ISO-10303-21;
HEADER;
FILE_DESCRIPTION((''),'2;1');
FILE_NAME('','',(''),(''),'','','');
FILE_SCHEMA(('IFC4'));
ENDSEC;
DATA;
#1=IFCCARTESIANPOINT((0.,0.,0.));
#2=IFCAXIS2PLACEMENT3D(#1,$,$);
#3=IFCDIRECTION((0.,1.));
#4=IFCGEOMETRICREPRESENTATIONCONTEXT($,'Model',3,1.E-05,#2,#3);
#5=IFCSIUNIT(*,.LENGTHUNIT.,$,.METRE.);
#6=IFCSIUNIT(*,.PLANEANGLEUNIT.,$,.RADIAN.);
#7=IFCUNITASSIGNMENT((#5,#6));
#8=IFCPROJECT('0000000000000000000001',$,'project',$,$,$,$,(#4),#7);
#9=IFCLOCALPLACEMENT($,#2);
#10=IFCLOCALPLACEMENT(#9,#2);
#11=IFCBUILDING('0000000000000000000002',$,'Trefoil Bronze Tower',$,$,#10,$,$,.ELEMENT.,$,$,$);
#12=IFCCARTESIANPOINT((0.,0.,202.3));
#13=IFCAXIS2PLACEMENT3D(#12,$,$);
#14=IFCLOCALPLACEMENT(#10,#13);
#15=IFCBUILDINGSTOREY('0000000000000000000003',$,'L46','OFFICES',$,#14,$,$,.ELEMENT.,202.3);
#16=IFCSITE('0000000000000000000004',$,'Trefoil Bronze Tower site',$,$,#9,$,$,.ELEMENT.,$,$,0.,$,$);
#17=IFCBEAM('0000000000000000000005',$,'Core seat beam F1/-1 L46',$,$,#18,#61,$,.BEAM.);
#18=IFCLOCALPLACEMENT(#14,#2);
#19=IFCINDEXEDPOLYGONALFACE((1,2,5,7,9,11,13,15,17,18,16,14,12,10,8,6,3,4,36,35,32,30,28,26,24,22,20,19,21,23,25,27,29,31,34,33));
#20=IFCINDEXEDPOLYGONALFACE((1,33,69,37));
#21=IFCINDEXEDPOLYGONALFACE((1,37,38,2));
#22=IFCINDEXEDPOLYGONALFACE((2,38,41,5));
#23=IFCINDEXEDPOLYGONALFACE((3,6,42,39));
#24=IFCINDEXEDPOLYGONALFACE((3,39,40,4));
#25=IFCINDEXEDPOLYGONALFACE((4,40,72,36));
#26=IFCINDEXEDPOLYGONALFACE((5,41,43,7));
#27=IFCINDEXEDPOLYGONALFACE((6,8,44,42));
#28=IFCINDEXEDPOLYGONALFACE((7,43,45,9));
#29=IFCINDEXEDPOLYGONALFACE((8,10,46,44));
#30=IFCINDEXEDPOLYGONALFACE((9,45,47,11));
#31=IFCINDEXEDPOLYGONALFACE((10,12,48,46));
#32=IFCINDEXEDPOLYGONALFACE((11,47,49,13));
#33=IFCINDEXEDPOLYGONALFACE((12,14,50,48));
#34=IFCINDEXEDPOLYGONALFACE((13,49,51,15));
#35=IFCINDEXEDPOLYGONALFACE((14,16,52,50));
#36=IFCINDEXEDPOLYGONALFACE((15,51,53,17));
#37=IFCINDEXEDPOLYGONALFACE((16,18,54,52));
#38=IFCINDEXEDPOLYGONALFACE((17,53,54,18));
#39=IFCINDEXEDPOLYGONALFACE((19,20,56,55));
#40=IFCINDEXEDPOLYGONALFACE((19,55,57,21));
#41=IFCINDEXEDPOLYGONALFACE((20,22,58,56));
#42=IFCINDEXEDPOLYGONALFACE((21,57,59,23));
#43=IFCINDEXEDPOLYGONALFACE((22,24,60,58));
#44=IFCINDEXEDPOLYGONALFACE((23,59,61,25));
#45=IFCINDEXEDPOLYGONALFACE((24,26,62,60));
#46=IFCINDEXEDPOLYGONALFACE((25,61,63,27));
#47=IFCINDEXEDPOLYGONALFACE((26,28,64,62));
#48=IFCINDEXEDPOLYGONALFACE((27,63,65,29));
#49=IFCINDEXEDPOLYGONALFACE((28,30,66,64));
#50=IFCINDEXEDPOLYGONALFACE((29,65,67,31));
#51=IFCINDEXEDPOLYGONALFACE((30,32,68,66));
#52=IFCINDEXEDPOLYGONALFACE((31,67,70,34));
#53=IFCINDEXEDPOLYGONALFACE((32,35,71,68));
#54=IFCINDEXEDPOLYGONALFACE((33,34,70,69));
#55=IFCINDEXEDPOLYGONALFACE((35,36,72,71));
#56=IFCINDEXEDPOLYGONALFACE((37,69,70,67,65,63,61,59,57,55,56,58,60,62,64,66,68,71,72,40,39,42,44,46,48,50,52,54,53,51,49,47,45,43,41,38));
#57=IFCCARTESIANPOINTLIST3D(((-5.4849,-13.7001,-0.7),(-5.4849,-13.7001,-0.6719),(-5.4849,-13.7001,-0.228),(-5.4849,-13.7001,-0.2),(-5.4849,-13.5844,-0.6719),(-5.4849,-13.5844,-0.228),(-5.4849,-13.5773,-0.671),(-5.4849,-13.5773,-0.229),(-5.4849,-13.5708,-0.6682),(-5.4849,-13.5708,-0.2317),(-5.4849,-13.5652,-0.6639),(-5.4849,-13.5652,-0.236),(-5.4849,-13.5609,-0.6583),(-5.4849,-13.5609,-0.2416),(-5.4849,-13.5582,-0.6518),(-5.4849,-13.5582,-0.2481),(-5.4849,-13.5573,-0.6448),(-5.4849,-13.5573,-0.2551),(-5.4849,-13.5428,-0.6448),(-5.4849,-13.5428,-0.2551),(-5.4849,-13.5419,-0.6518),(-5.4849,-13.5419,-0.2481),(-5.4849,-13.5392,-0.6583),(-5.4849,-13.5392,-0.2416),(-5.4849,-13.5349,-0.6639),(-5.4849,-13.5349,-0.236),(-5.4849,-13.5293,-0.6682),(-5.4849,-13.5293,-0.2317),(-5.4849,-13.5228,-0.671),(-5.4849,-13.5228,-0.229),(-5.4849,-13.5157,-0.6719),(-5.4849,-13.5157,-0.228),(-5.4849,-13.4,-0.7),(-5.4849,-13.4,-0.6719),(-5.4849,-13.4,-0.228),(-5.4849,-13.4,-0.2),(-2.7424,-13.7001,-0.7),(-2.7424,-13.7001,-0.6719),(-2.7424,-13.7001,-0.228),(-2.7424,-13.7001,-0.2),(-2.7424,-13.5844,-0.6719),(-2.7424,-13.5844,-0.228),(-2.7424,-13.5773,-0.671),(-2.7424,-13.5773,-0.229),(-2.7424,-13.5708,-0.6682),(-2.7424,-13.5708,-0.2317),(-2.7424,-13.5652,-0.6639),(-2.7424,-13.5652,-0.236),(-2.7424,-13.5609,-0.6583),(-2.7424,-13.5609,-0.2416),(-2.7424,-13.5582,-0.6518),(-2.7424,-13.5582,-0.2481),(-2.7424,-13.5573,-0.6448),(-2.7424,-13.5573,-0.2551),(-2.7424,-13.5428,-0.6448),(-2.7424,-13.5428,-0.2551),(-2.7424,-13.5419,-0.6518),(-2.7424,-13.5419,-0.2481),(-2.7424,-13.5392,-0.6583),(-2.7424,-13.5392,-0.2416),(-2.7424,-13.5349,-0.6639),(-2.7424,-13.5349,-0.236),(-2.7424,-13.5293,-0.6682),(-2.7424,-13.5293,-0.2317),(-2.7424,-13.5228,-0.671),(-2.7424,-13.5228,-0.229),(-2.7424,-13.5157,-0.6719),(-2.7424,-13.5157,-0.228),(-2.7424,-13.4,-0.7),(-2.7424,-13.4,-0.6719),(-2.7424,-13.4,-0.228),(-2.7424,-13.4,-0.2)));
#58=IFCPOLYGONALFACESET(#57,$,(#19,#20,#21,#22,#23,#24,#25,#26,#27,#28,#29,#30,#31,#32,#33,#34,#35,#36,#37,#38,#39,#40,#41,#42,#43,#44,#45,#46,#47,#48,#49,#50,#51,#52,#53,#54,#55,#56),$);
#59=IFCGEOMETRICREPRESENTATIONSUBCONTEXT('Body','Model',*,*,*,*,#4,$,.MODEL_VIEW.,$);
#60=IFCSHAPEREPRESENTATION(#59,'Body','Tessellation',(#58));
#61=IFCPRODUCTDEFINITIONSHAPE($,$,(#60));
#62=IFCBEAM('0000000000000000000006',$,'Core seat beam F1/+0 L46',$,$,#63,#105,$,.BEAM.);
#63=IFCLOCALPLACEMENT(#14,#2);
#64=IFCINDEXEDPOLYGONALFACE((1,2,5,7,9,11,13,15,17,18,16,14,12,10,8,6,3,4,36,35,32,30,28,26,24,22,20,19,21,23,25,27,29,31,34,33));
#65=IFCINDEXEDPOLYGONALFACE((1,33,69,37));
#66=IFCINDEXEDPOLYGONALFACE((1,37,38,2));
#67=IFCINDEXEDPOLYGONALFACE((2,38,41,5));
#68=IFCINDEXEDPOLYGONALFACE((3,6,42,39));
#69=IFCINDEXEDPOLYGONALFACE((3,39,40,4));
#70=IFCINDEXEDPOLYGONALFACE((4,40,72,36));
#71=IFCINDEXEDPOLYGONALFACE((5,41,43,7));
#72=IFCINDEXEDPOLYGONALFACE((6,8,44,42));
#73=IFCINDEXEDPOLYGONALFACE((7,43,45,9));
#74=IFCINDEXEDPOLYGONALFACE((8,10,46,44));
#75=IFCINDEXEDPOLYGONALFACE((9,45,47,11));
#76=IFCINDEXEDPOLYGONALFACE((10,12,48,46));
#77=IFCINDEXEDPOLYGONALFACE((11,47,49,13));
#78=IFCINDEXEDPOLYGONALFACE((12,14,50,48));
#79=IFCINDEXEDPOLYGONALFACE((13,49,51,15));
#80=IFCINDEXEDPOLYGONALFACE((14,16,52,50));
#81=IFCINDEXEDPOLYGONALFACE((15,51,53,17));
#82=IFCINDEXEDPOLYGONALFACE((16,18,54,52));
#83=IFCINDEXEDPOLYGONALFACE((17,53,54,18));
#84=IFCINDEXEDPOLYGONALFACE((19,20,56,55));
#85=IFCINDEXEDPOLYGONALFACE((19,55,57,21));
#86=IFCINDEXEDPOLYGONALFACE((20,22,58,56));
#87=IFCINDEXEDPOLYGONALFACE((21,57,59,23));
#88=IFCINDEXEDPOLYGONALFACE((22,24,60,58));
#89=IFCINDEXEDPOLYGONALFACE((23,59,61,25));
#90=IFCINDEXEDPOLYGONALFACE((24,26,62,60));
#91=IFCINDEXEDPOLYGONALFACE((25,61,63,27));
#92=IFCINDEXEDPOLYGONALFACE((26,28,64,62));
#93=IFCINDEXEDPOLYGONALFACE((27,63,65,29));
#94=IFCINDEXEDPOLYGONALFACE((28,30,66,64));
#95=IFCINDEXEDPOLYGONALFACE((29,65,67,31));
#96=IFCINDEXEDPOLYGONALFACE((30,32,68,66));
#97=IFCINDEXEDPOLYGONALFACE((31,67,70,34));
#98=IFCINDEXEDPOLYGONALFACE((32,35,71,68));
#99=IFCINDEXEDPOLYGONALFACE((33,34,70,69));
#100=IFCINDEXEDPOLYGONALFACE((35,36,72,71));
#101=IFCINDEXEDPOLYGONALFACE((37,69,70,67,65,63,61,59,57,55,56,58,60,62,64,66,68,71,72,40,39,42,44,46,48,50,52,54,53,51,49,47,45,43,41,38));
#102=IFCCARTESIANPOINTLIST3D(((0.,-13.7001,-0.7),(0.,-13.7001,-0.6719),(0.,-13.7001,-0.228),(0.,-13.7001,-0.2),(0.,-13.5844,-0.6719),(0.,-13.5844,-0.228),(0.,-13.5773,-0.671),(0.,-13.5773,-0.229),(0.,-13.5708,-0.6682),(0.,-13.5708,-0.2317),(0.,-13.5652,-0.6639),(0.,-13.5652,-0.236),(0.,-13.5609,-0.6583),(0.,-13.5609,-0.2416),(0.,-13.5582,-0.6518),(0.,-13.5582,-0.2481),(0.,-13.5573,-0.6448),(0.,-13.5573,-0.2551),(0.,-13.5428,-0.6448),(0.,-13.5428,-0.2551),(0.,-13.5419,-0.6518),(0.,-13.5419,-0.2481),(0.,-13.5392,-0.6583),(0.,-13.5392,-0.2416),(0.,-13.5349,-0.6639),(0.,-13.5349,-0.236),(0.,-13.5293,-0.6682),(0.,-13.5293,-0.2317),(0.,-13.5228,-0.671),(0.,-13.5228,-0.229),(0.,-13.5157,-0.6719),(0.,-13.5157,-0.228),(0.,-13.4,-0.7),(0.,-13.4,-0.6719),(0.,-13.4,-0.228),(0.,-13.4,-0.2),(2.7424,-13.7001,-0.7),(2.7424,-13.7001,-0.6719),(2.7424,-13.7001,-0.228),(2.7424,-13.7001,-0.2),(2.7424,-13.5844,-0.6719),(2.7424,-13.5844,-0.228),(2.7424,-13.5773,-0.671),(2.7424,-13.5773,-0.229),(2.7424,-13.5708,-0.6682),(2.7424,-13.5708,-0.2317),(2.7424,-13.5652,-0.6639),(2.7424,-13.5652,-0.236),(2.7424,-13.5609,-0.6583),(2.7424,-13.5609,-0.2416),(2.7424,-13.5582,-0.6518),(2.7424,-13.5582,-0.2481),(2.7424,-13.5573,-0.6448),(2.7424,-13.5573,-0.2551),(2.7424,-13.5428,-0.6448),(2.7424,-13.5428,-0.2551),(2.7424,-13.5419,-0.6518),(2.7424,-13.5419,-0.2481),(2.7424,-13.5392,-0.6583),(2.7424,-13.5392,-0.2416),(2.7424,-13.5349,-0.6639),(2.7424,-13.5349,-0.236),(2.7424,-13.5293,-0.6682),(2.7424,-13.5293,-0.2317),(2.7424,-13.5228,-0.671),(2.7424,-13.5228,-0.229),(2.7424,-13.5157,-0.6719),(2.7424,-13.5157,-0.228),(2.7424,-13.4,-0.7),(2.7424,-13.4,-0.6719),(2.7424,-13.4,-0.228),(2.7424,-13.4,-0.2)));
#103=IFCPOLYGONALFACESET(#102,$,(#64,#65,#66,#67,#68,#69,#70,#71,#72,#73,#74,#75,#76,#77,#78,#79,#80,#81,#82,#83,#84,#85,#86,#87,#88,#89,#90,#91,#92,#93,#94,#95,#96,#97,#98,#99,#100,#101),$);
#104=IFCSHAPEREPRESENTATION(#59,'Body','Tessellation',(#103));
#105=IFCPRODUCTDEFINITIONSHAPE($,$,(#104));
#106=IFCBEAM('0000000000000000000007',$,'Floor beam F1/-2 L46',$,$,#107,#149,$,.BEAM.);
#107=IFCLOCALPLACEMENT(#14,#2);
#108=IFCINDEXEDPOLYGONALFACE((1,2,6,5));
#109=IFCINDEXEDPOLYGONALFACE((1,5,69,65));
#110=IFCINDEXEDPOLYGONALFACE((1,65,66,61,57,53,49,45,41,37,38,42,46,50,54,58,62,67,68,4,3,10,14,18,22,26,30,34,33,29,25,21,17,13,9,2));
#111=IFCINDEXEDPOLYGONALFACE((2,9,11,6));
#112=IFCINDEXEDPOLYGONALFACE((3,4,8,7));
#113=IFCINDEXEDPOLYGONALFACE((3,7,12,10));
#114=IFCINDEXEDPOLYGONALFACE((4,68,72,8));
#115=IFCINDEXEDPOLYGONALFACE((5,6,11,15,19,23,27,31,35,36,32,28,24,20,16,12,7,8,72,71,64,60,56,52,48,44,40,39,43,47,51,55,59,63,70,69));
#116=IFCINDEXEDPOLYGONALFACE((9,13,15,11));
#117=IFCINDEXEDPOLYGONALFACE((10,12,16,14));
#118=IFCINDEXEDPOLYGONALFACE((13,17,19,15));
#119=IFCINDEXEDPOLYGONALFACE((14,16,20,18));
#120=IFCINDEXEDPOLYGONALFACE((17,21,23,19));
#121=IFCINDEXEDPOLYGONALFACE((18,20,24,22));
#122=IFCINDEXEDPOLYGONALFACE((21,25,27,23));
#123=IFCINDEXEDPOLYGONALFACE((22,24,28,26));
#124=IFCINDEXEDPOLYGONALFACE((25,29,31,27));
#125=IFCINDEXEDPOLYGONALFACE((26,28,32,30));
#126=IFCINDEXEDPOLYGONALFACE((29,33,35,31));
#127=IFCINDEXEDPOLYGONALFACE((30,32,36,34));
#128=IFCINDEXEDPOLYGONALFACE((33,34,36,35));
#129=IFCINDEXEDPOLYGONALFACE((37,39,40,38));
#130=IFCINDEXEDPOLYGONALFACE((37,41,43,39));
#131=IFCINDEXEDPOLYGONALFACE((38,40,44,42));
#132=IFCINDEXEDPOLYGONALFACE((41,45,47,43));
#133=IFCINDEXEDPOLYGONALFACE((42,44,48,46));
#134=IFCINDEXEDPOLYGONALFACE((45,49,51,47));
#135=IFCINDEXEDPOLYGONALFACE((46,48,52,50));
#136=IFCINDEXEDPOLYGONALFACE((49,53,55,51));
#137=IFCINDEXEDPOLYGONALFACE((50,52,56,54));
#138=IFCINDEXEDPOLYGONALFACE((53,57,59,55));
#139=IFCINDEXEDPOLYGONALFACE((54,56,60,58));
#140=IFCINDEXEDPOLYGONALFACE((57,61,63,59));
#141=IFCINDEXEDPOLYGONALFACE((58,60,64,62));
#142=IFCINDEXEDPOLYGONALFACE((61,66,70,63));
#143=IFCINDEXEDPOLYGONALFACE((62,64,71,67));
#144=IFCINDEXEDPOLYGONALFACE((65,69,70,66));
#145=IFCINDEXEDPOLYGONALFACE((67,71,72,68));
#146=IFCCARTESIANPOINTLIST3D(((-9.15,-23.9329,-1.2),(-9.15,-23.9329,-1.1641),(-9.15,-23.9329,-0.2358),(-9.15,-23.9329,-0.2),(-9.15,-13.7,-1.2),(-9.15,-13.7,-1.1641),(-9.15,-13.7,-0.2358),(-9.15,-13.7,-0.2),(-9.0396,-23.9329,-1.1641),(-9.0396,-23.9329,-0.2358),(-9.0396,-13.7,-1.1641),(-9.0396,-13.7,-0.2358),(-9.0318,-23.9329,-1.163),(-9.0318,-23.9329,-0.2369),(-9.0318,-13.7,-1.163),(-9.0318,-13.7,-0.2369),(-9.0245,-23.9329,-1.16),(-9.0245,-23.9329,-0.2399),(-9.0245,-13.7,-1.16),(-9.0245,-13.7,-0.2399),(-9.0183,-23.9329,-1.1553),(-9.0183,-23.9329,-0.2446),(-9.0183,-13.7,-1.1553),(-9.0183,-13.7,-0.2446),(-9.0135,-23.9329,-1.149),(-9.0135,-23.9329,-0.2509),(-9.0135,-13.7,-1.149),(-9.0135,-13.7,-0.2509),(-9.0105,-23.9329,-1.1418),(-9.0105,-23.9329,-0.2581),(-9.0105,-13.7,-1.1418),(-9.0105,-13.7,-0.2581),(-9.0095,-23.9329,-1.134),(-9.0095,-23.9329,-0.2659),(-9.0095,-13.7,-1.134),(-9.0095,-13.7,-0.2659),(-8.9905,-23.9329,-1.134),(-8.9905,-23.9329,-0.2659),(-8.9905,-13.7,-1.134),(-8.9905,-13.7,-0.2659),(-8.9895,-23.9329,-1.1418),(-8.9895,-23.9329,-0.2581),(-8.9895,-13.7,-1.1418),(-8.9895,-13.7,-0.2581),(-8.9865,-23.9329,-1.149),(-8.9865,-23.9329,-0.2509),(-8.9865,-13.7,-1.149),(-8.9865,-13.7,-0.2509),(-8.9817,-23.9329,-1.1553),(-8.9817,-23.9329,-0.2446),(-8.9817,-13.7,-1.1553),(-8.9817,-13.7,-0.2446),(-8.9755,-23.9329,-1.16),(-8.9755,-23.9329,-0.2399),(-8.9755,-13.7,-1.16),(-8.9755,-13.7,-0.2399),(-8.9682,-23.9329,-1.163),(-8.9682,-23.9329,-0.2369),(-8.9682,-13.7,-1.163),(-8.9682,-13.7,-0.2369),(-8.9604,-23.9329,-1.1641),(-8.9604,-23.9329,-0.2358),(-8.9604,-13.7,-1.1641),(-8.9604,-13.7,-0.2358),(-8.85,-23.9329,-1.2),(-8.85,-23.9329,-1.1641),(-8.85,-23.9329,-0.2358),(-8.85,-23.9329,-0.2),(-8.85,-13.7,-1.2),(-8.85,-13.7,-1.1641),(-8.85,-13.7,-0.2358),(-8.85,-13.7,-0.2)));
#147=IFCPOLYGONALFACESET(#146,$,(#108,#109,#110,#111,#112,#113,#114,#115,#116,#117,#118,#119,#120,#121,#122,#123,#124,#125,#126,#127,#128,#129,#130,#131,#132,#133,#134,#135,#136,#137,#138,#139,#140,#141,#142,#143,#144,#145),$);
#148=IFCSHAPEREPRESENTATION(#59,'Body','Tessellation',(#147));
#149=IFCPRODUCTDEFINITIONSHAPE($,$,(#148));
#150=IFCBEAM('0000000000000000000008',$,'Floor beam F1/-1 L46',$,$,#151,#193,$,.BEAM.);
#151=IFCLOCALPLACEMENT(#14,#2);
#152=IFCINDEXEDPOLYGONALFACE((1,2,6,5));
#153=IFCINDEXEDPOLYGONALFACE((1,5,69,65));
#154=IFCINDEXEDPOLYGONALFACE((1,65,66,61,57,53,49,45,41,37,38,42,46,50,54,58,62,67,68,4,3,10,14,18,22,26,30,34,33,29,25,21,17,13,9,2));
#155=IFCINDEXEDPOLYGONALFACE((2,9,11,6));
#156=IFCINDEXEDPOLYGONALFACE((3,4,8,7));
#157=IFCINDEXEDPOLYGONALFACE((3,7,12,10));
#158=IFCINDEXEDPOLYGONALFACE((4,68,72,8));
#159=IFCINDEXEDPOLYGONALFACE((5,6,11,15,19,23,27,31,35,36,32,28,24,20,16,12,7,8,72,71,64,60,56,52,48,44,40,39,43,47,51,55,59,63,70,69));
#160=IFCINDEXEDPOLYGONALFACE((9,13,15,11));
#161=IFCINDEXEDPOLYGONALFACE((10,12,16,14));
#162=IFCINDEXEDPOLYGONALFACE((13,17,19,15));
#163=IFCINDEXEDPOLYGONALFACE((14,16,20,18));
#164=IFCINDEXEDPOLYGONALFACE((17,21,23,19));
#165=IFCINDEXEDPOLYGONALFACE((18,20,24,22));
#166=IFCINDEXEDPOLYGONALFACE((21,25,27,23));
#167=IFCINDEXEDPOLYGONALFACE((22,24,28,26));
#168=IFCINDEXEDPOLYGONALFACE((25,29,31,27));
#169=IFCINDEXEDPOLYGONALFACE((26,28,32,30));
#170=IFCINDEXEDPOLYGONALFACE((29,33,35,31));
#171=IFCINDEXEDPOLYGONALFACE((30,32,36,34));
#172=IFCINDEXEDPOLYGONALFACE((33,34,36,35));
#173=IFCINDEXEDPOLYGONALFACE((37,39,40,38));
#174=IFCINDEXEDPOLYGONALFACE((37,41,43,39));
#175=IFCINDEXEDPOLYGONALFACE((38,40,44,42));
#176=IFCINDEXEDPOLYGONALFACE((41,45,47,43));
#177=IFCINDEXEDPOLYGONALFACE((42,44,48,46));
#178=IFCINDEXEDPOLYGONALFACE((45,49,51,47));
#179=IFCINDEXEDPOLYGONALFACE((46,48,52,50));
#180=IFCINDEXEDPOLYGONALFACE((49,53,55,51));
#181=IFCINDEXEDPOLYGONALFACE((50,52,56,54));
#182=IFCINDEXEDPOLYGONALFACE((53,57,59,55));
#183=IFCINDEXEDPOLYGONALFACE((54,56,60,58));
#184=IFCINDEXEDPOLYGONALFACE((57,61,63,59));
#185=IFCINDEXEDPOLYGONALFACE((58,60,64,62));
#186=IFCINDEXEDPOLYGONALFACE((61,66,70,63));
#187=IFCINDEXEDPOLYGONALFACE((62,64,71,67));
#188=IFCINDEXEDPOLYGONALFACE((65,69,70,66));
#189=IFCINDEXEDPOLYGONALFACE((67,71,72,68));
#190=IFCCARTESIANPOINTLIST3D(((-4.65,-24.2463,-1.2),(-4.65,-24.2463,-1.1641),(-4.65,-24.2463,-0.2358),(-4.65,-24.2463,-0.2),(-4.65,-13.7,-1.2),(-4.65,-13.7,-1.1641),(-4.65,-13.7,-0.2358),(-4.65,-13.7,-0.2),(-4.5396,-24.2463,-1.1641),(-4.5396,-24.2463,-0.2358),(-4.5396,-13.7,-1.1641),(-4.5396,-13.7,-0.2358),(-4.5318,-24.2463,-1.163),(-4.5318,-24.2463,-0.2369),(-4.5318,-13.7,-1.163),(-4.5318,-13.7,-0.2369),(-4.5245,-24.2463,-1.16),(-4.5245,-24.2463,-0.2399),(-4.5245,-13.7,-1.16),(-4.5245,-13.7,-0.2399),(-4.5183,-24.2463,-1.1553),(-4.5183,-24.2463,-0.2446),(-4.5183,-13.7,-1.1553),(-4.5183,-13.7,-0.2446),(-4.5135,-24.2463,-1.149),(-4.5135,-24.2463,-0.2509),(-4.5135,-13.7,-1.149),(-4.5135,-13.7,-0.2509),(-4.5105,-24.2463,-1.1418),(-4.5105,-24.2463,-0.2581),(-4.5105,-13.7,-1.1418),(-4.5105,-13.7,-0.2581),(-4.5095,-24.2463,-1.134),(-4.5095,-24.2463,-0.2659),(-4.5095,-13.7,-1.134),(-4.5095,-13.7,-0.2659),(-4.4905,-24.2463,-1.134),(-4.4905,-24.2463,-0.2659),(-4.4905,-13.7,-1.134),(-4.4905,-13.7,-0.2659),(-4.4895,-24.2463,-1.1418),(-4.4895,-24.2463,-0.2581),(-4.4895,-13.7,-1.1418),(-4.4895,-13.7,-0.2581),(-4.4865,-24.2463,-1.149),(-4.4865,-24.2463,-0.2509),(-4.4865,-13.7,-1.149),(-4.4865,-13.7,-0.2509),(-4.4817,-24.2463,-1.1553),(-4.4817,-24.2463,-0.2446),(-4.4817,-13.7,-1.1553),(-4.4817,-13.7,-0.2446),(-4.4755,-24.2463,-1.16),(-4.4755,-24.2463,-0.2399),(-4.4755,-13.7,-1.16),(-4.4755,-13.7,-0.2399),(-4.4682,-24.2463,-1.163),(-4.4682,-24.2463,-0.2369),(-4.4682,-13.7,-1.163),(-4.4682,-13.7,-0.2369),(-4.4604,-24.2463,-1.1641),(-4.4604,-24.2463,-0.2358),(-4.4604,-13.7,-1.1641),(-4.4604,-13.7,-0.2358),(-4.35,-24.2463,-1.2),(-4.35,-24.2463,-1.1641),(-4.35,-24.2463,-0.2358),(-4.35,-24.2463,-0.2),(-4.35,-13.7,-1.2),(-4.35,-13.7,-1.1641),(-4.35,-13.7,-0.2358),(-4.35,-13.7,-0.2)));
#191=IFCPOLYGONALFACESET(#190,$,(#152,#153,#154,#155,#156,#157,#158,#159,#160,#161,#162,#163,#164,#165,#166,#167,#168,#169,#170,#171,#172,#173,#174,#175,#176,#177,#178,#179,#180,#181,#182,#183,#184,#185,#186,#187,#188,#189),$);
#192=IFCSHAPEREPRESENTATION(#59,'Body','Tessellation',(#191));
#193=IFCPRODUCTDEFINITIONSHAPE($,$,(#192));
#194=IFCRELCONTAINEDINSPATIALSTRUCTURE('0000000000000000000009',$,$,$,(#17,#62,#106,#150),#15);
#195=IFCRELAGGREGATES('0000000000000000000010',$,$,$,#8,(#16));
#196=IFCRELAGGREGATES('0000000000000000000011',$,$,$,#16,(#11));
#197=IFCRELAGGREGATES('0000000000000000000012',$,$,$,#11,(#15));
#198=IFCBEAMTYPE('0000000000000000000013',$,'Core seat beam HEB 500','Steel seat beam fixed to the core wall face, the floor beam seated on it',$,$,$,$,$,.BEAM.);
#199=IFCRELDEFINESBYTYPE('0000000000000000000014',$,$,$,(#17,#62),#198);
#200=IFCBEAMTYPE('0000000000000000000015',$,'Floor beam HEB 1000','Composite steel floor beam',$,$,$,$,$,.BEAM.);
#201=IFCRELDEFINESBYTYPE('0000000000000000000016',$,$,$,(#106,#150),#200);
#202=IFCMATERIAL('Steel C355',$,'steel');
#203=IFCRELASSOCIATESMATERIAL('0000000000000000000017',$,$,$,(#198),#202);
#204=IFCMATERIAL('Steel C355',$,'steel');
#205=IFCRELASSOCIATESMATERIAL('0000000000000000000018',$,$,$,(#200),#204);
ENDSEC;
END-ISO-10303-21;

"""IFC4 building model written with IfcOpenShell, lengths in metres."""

from ifc_helpers import new_model, si_unit, direction, frame, origin, origin_2d, place, context, subcontext, project, spatial, i_section, extrude, material, material_profile, profile_set, type_object, element, save


model = new_model("IFC4")

# Units and contexts
model_context = context("Model", 3, precision=1e-05, world=origin(), true_north=direction((0.0, 1.0)))
body_context = subcontext(model_context, "Body", "Model", "MODEL_VIEW")
ifc_project = project(units=[si_unit("LENGTHUNIT", "METRE"), si_unit("PLANEANGLEUNIT", "RADIAN")], contexts=[model_context])

# Site, building, storey
site_placement = place(None, origin())
site = spatial("IfcSite", under=ifc_project, at=site_placement, Name="Trefoil Bronze Tower site", CompositionType="ELEMENT", RefElevation=0.0)
building_placement = place(site_placement, origin())
building = spatial("IfcBuilding", under=site, at=building_placement, Name="Trefoil Bronze Tower", CompositionType="ELEMENT")
storey_placement = place(building_placement, frame((0.0, 0.0, 202.3)))
storey = spatial("IfcBuildingStorey", under=building, at=storey_placement, Name="L46", Description="OFFICES", CompositionType="ELEMENT", Elevation=202.3)

# Beams
ifc_material_1 = material(Name="Steel C355", Category="steel")
ifc_material_profile_1 = material_profile(ifc_material_1, i_section(OverallWidth=0.3, OverallDepth=0.5, WebThickness=0.0144, FlangeThickness=0.0281, FilletRadius=0.0271, at=origin_2d()), Name="HEB 500")
ifc_profile_set_1 = profile_set([ifc_material_profile_1], Name="Steel C355")
beam_type_1 = type_object("IfcBeamType", Name="Core seat beam HEB 500", Description="Steel seat beam fixed to the core wall face, the floor beam seated on it", PredefinedType="BEAM", material=ifc_profile_set_1)
for number, where, z_axis, x_axis, name in (
    (1, (-5.4849, -13.55, -0.45), (1.0, 0.0, 0.0), (0.0, 1.0, 0.0), "Core seat beam F1/-1 L46"),
    (2, (0.0, -13.55, -0.45), (1.0, 0.0, 0.0), (0.0, 1.0, 0.0), "Core seat beam F1/+0 L46"),
):
    element("IfcBeam", number, at=place(storey_placement, frame(where, z_axis=z_axis, x_axis=x_axis)), inside=storey, type_object=beam_type_1, Name=name, PredefinedType="BEAM", context=body_context, shape_type="SweptSolid", body=[
        extrude(i_section(OverallWidth=0.3, OverallDepth=0.5, WebThickness=0.0144, FlangeThickness=0.0281, FilletRadius=0.0271, at=origin_2d()), origin(), (0.0, 0.0, 1.0), 2.7424),
    ])
ifc_material_2 = material(Name="Steel C355", Category="steel")
ifc_material_profile_2 = material_profile(ifc_material_2, i_section(OverallWidth=0.3, OverallDepth=1.0, WebThickness=0.019, FlangeThickness=0.0359, FilletRadius=0.03, at=origin_2d()), Name="HEB 1000")
ifc_profile_set_2 = profile_set([ifc_material_profile_2], Name="Steel C355")
beam_type_2 = type_object("IfcBeamType", Name="Floor beam HEB 1000", Description="Composite steel floor beam", PredefinedType="BEAM", material=ifc_profile_set_2)
beam_1_placement = place(storey_placement, frame((-9.0, -23.9329, -0.7), z_axis=(0.0, 1.0, 0.0), x_axis=(-1.0, 0.0, 0.0)))
element("IfcBeam", 3, at=beam_1_placement, inside=storey, type_object=beam_type_2, Name="Floor beam F1/-2 L46", PredefinedType="BEAM", context=body_context, shape_type="SweptSolid", body=[
    extrude(i_section(OverallWidth=0.3, OverallDepth=1.0, WebThickness=0.019, FlangeThickness=0.0359, FilletRadius=0.03, at=origin_2d()), origin(), (0.0, 0.0, 1.0), 10.2329),
])
beam_2_placement = place(storey_placement, frame((-4.5, -24.2463, -0.7), z_axis=(0.0, 1.0, 0.0), x_axis=(-1.0, 0.0, 0.0)))
element("IfcBeam", 4, at=beam_2_placement, inside=storey, type_object=beam_type_2, Name="Floor beam F1/-1 L46", PredefinedType="BEAM", context=body_context, shape_type="SweptSolid", body=[
    extrude(i_section(OverallWidth=0.3, OverallDepth=1.0, WebThickness=0.019, FlangeThickness=0.0359, FilletRadius=0.03, at=origin_2d()), origin(), (0.0, 0.0, 1.0), 10.5464),
])

save(model, "model.ifc")
